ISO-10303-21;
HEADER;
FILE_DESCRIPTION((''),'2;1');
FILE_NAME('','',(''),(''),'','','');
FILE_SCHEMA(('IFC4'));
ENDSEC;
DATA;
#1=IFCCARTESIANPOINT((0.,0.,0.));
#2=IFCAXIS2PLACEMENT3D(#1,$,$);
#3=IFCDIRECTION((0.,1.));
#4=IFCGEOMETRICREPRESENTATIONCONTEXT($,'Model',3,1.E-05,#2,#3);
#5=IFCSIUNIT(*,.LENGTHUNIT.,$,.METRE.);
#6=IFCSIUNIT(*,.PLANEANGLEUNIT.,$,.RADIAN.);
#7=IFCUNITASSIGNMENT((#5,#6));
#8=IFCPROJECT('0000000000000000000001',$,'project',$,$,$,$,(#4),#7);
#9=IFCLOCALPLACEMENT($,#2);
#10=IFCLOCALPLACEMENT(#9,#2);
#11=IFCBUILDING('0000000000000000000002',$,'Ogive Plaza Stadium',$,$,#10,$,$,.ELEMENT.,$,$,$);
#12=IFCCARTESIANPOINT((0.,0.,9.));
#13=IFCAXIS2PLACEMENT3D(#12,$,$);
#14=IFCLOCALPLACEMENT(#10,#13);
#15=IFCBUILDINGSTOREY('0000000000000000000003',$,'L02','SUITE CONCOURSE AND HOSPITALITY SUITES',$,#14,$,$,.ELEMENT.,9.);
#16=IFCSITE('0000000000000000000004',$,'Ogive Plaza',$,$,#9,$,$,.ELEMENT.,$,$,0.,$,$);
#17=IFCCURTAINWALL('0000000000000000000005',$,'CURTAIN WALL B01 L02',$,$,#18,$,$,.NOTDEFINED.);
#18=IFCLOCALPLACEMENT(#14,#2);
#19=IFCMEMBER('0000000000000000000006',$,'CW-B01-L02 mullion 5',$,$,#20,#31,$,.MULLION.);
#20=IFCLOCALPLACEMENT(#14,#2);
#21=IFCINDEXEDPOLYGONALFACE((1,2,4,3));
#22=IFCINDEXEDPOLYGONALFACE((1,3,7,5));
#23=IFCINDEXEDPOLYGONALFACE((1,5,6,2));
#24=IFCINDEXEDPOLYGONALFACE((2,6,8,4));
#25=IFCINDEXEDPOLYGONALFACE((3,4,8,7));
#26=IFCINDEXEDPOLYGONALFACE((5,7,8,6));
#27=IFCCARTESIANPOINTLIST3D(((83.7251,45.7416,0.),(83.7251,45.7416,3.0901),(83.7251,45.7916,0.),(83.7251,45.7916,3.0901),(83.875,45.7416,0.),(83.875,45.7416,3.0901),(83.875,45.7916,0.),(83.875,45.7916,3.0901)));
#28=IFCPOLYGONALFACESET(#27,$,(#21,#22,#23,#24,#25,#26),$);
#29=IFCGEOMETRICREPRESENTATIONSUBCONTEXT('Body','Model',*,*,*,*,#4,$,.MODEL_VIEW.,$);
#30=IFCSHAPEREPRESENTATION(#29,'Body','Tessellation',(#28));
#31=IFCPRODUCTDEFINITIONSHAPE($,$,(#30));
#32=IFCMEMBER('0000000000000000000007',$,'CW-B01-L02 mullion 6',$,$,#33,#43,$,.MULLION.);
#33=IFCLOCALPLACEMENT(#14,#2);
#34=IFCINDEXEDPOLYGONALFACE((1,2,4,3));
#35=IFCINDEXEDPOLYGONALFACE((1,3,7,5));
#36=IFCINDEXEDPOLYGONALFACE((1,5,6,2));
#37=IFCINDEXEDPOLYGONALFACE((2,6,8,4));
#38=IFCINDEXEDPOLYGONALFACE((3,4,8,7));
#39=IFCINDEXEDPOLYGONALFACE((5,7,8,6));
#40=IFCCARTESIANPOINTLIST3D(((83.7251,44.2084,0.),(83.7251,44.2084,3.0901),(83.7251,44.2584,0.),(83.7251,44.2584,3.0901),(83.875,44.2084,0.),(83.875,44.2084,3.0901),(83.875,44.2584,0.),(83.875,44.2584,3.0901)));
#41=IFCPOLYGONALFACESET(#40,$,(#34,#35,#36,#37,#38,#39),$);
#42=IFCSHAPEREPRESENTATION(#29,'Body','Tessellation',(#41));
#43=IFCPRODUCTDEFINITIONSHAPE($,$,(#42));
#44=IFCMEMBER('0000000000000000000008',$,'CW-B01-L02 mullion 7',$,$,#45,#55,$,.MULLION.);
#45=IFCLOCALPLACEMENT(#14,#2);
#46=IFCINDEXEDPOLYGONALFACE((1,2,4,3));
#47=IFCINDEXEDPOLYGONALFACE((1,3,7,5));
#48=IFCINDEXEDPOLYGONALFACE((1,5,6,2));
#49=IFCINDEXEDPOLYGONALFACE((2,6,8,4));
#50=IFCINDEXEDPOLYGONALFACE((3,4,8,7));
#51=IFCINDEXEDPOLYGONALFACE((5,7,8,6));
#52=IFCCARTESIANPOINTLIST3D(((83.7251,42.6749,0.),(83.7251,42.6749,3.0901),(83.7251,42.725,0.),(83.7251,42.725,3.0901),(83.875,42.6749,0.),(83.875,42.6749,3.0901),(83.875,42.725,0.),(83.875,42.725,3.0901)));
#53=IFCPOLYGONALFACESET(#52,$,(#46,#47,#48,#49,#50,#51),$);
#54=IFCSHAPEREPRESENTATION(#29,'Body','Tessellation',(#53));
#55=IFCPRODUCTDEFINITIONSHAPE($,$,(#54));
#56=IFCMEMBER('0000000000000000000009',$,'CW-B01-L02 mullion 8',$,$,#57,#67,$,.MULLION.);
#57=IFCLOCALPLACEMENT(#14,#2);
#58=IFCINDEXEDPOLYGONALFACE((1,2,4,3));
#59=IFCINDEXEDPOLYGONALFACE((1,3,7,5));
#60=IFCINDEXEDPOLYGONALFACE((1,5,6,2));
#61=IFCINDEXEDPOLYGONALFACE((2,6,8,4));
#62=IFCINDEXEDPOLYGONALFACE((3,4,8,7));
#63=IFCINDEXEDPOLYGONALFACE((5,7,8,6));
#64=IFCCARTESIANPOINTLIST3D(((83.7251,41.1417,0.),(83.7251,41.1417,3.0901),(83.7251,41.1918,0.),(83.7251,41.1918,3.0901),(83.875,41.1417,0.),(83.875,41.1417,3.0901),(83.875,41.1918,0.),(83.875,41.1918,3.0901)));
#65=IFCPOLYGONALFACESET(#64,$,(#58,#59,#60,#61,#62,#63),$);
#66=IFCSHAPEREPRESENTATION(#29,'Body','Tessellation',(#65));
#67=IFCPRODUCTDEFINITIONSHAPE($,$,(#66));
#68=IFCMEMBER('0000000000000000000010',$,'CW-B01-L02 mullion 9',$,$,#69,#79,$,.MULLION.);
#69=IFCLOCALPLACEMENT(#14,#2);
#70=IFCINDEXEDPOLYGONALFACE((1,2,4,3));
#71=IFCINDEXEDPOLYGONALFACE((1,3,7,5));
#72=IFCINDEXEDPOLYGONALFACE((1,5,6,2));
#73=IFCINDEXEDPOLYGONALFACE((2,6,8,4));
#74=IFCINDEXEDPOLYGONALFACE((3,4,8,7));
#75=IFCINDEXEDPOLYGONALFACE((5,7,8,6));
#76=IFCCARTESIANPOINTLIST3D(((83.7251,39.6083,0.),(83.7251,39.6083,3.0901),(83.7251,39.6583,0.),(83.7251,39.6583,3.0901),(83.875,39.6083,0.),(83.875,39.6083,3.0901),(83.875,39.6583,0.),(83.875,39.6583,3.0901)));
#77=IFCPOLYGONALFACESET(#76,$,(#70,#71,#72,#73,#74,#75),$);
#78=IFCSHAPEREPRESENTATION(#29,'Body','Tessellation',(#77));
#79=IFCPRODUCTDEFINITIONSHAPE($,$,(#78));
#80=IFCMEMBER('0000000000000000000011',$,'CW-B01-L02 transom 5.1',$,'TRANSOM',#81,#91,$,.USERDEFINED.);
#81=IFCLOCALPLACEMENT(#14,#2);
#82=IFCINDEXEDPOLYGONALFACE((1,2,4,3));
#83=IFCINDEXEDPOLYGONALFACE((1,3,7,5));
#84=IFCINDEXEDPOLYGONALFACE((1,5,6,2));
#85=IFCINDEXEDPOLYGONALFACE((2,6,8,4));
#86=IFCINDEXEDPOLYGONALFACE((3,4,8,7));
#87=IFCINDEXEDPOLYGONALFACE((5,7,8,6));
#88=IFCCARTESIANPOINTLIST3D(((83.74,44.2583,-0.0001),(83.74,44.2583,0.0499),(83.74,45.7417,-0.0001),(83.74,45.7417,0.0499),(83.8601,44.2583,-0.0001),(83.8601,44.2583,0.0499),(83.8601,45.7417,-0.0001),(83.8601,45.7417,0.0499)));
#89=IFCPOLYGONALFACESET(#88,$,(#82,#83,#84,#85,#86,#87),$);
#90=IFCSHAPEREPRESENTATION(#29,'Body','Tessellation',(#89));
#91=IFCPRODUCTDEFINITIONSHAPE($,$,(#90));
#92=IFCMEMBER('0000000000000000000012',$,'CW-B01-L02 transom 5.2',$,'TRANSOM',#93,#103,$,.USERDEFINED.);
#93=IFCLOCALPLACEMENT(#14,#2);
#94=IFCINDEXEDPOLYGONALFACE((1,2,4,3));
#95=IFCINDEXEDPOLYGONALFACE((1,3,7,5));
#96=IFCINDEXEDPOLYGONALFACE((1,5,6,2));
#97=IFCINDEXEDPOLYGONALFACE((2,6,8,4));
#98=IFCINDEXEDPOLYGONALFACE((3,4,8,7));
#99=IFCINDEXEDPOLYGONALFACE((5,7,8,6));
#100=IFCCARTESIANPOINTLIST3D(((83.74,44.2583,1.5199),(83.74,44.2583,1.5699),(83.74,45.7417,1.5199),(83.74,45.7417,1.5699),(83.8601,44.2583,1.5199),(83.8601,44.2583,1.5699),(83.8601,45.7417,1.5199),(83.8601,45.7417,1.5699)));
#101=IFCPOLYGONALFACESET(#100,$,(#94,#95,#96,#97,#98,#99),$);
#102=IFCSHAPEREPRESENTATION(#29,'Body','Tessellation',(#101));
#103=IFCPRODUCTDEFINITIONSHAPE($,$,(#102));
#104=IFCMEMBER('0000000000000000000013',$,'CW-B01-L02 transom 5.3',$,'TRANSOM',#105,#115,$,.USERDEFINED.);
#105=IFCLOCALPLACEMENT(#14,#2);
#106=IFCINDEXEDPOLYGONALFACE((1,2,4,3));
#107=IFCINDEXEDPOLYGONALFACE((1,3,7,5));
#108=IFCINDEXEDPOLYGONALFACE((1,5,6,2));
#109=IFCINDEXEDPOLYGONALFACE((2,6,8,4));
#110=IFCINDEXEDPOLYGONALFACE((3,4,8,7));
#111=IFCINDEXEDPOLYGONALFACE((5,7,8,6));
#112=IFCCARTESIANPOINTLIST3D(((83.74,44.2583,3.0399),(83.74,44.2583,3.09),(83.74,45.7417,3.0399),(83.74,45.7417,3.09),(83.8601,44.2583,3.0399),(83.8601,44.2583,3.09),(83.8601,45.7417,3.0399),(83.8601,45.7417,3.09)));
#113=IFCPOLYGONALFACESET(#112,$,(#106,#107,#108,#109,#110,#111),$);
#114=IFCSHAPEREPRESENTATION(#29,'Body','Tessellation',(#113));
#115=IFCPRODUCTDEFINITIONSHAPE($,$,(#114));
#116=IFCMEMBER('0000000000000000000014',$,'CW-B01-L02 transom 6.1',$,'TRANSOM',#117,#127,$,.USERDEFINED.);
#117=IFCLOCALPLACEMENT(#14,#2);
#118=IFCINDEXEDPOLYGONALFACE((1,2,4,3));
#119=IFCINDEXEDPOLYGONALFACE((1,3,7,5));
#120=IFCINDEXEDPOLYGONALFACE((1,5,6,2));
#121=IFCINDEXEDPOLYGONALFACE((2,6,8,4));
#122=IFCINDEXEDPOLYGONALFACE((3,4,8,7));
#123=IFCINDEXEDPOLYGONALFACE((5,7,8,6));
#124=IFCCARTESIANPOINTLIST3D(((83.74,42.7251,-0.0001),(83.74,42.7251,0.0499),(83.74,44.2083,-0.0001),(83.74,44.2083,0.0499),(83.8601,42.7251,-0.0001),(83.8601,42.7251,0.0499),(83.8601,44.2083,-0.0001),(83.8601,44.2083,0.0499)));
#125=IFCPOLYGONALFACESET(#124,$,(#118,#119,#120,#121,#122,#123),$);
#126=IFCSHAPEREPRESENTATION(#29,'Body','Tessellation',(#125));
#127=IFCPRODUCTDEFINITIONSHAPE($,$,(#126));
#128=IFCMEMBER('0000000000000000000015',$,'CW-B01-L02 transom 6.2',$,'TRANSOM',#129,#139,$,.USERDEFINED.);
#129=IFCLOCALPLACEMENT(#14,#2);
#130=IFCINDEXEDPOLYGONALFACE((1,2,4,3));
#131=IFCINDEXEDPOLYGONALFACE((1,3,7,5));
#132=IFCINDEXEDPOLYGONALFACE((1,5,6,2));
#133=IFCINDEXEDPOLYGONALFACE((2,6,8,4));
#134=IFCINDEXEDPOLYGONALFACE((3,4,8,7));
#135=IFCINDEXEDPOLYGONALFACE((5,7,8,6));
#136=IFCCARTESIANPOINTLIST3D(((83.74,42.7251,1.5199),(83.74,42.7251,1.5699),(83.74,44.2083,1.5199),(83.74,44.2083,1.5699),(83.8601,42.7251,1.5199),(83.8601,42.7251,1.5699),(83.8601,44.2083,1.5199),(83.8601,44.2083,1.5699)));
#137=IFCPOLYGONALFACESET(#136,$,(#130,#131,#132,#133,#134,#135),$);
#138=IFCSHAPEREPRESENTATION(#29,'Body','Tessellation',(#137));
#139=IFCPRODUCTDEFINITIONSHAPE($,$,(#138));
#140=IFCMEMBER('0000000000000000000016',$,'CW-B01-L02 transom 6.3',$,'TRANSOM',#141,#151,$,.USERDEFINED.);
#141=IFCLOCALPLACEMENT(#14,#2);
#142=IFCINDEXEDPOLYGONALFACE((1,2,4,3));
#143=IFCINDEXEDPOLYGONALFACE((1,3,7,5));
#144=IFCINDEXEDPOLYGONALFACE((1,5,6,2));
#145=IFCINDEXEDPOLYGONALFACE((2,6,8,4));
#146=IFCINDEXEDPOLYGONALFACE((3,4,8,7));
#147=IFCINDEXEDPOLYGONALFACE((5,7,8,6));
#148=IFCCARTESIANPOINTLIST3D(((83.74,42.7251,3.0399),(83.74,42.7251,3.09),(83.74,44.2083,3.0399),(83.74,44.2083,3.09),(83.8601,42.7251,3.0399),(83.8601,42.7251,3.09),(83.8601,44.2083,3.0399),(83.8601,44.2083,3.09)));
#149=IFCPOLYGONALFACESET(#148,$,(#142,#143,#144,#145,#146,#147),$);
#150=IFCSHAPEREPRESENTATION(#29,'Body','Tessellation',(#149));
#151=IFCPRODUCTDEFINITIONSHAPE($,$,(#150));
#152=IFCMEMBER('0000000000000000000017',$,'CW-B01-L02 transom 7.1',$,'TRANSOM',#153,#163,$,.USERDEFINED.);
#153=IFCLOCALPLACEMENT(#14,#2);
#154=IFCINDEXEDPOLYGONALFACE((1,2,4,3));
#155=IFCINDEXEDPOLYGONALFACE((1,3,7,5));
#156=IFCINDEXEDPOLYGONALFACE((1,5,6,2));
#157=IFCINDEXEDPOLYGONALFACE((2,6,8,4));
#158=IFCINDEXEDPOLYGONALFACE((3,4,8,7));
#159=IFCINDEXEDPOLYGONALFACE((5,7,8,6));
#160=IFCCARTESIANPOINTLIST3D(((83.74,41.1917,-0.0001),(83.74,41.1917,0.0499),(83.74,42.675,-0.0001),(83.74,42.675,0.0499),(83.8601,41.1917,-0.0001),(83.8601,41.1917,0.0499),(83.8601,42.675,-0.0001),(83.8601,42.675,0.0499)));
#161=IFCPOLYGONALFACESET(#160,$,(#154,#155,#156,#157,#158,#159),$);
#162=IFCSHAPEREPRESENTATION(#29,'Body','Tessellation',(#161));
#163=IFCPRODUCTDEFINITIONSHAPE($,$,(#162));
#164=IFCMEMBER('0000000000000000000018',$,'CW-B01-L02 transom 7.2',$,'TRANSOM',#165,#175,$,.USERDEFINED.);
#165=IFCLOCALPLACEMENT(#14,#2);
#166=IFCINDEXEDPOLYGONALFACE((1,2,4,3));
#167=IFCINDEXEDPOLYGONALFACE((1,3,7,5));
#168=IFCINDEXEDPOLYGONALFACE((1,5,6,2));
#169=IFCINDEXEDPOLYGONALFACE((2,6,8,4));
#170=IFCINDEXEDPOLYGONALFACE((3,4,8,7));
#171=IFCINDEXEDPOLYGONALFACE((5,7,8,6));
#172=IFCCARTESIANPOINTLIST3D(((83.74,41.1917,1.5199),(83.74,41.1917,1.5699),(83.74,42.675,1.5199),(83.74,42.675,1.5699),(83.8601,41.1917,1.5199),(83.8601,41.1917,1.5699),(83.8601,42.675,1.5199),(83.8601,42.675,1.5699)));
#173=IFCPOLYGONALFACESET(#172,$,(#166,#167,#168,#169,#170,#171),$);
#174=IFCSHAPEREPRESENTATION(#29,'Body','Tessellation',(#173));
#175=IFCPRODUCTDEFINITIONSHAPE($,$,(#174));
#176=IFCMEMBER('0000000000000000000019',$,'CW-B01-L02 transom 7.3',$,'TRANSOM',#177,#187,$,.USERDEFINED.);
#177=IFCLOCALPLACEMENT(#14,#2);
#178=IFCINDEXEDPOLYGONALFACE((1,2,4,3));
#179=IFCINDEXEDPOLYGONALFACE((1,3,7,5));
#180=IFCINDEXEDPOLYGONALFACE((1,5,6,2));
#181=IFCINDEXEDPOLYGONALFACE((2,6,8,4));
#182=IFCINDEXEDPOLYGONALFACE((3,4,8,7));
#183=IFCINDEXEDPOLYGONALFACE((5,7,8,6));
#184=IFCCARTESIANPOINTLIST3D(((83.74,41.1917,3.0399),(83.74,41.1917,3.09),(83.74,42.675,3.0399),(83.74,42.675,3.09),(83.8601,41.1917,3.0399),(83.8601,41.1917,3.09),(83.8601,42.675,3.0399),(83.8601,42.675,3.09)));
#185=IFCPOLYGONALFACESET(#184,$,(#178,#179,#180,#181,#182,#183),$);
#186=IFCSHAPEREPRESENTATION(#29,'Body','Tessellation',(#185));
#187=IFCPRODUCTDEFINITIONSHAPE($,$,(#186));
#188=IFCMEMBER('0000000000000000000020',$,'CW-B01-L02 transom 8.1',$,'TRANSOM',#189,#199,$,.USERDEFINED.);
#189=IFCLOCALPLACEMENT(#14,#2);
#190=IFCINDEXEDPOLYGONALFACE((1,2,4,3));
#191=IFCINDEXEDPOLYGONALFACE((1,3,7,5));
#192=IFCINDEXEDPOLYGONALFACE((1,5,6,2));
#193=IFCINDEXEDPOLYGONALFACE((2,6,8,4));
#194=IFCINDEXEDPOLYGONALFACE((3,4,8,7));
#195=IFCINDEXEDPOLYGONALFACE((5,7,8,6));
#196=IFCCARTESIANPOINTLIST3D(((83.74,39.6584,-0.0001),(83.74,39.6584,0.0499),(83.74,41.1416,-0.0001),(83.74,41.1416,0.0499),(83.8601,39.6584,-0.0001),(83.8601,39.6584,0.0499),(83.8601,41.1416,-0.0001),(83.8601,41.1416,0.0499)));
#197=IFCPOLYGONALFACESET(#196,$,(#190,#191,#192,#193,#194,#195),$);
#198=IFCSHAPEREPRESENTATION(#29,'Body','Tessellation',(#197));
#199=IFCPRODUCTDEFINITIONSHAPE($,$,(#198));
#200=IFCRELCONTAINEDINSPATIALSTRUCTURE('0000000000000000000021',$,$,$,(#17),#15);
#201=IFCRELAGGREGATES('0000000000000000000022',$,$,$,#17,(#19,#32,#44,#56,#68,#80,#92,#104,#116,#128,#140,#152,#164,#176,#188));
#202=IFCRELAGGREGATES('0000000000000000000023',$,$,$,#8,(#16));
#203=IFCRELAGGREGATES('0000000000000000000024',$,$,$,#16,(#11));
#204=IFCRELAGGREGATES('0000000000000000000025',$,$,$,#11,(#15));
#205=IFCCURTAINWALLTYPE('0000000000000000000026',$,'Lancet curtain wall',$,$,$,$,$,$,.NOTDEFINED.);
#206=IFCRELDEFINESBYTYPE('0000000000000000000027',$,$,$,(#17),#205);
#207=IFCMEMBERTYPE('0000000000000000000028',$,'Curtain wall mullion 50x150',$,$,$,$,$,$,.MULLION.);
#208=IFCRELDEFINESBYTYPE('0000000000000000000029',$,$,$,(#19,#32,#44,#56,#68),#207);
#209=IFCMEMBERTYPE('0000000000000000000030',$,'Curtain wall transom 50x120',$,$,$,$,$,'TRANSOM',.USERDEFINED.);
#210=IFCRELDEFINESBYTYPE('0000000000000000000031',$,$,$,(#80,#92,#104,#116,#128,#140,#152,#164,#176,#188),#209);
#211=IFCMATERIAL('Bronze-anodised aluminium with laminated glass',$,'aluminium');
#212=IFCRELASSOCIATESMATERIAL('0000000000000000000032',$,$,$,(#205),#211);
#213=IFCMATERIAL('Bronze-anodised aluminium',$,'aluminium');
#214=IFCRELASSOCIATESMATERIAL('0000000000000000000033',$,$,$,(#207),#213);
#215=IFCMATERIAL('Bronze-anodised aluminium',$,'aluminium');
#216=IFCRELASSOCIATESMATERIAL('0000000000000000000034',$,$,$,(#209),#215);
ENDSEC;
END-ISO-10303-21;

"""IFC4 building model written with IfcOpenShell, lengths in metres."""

from ifc_helpers import new_model, si_unit, direction, frame, origin, origin_2d, place, context, subcontext, project, spatial, rectangle, extrude, material, material_profile, profile_set, type_object, element, aggregate, save


model = new_model("IFC4")

# Units and contexts
model_context = context("Model", 3, precision=1e-05, world=origin(), true_north=direction((0.0, 1.0)))
body_context = subcontext(model_context, "Body", "Model", "MODEL_VIEW")
ifc_project = project(units=[si_unit("LENGTHUNIT", "METRE"), si_unit("PLANEANGLEUNIT", "RADIAN")], contexts=[model_context])

# Site, building, storey
site_placement = place(None, origin())
site = spatial("IfcSite", under=ifc_project, at=site_placement, Name="Ogive Plaza", CompositionType="ELEMENT", RefElevation=0.0)
building_placement = place(site_placement, origin())
building = spatial("IfcBuilding", under=site, at=building_placement, Name="Ogive Plaza Stadium", CompositionType="ELEMENT")
storey_placement = place(building_placement, frame((0.0, 0.0, 9.0)))
storey = spatial("IfcBuildingStorey", under=building, at=storey_placement, Name="L02", Description="SUITE CONCOURSE AND HOSPITALITY SUITES", CompositionType="ELEMENT", Elevation=9.0)

# Curtain wall, members
ifc_material_1 = material(Name="Bronze-anodised aluminium with laminated glass", Category="aluminium")
curtain_wall_type = type_object("IfcCurtainWallType", Name="Lancet curtain wall", PredefinedType="NOTDEFINED", material=ifc_material_1)
curtain_wall_placement = place(storey_placement, origin())
curtain_wall = element("IfcCurtainWall", 1, at=curtain_wall_placement, inside=storey, type_object=curtain_wall_type, Name="CURTAIN WALL B01 L02", PredefinedType="NOTDEFINED")
ifc_material_2 = material(Name="Bronze-anodised aluminium", Category="aluminium")
ifc_material_profile_1 = material_profile(ifc_material_2, rectangle(XDim=0.1499, YDim=0.05, at=origin_2d()), Name="AL 150x50")
ifc_profile_set_1 = profile_set([ifc_material_profile_1], Name="Bronze-anodised aluminium")
member_type_1 = type_object("IfcMemberType", Name="Curtain wall mullion 50x150", PredefinedType="MULLION", material=ifc_profile_set_1)
member_1_placement = place(storey_placement, frame((83.8, 45.7666, 0.0), z_axis=(0.0, 0.0, 1.0), x_axis=(1.0, 0.0, 0.0)))
member_1 = element("IfcMember", 2, at=member_1_placement, type_object=member_type_1, Name="CW-B01-L02 mullion 5", PredefinedType="MULLION", context=body_context, shape_type="SweptSolid", body=[
    extrude(rectangle(XDim=0.1499, YDim=0.05, at=origin_2d()), origin(), (0.0, 0.0, 1.0), 3.0901),
])
member_2_placement = place(storey_placement, frame((83.8, 44.2334, 0.0), z_axis=(0.0, 0.0, 1.0), x_axis=(1.0, 0.0, 0.0)))
member_2 = element("IfcMember", 3, at=member_2_placement, type_object=member_type_1, Name="CW-B01-L02 mullion 6", PredefinedType="MULLION", context=body_context, shape_type="SweptSolid", body=[
    extrude(rectangle(XDim=0.1499, YDim=0.05, at=origin_2d()), origin(), (0.0, 0.0, 1.0), 3.0901),
])
member_3_placement = place(storey_placement, frame((83.8, 42.7, 0.0), z_axis=(0.0, 0.0, 1.0), x_axis=(1.0, 0.0, 0.0)))
member_3 = element("IfcMember", 4, at=member_3_placement, type_object=member_type_1, Name="CW-B01-L02 mullion 7", PredefinedType="MULLION", context=body_context, shape_type="SweptSolid", body=[
    extrude(rectangle(XDim=0.1499, YDim=0.05, at=origin_2d()), origin(), (0.0, 0.0, 1.0), 3.0901),
])
member_4_placement = place(storey_placement, frame((83.8, 41.1667, 0.0), z_axis=(0.0, 0.0, 1.0), x_axis=(1.0, 0.0, 0.0)))
member_4 = element("IfcMember", 5, at=member_4_placement, type_object=member_type_1, Name="CW-B01-L02 mullion 8", PredefinedType="MULLION", context=body_context, shape_type="SweptSolid", body=[
    extrude(rectangle(XDim=0.1499, YDim=0.05, at=origin_2d()), origin(), (0.0, 0.0, 1.0), 3.0901),
])
member_5_placement = place(storey_placement, frame((83.8, 39.6333, 0.0), z_axis=(0.0, 0.0, 1.0), x_axis=(1.0, 0.0, 0.0)))
member_5 = element("IfcMember", 6, at=member_5_placement, type_object=member_type_1, Name="CW-B01-L02 mullion 9", PredefinedType="MULLION", context=body_context, shape_type="SweptSolid", body=[
    extrude(rectangle(XDim=0.1499, YDim=0.05, at=origin_2d()), origin(), (0.0, 0.0, 1.0), 3.0901),
])
ifc_material_3 = material(Name="Bronze-anodised aluminium", Category="aluminium")
ifc_material_profile_2 = material_profile(ifc_material_3, rectangle(XDim=0.1201, YDim=0.05, at=origin_2d()), Name="AL 120x50")
ifc_profile_set_2 = profile_set([ifc_material_profile_2], Name="Bronze-anodised aluminium")
member_type_2 = type_object("IfcMemberType", Name="Curtain wall transom 50x120", ElementType="TRANSOM", PredefinedType="USERDEFINED", material=ifc_profile_set_2)
member_6_placement = place(storey_placement, frame((83.8, 45.7417, 0.0249), z_axis=(0.0, -1.0, 0.0), x_axis=(1.0, 0.0, 0.0)))
member_6 = element("IfcMember", 7, at=member_6_placement, type_object=member_type_2, Name="CW-B01-L02 transom 5.1", ObjectType="TRANSOM", PredefinedType="USERDEFINED", context=body_context, shape_type="SweptSolid", body=[
    extrude(rectangle(XDim=0.1201, YDim=0.05, at=origin_2d()), origin(), (0.0, 0.0, 1.0), 1.4834),
])
member_7_placement = place(storey_placement, frame((83.8, 45.7417, 1.5449), z_axis=(0.0, -1.0, 0.0), x_axis=(1.0, 0.0, 0.0)))
member_7 = element("IfcMember", 8, at=member_7_placement, type_object=member_type_2, Name="CW-B01-L02 transom 5.2", ObjectType="TRANSOM", PredefinedType="USERDEFINED", context=body_context, shape_type="SweptSolid", body=[
    extrude(rectangle(XDim=0.1201, YDim=0.05, at=origin_2d()), origin(), (0.0, 0.0, 1.0), 1.4834),
])
member_8_placement = place(storey_placement, frame((83.8, 45.7417, 3.0649), z_axis=(0.0, -1.0, 0.0), x_axis=(1.0, 0.0, 0.0)))
member_8 = element("IfcMember", 9, at=member_8_placement, type_object=member_type_2, Name="CW-B01-L02 transom 5.3", ObjectType="TRANSOM", PredefinedType="USERDEFINED", context=body_context, shape_type="SweptSolid", body=[
    extrude(rectangle(XDim=0.1201, YDim=0.05, at=origin_2d()), origin(), (0.0, 0.0, 1.0), 1.4834),
])
member_9_placement = place(storey_placement, frame((83.8, 44.2083, 0.0249), z_axis=(0.0, -1.0, 0.0), x_axis=(1.0, 0.0, 0.0)))
member_9 = element("IfcMember", 10, at=member_9_placement, type_object=member_type_2, Name="CW-B01-L02 transom 6.1", ObjectType="TRANSOM", PredefinedType="USERDEFINED", context=body_context, shape_type="SweptSolid", body=[
    extrude(rectangle(XDim=0.1201, YDim=0.05, at=origin_2d()), origin(), (0.0, 0.0, 1.0), 1.4832),
])
member_10_placement = place(storey_placement, frame((83.8, 44.2083, 1.5449), z_axis=(0.0, -1.0, 0.0), x_axis=(1.0, 0.0, 0.0)))
member_10 = element("IfcMember", 11, at=member_10_placement, type_object=member_type_2, Name="CW-B01-L02 transom 6.2", ObjectType="TRANSOM", PredefinedType="USERDEFINED", context=body_context, shape_type="SweptSolid", body=[
    extrude(rectangle(XDim=0.1201, YDim=0.05, at=origin_2d()), origin(), (0.0, 0.0, 1.0), 1.4832),
])
member_11_placement = place(storey_placement, frame((83.8, 44.2083, 3.0649), z_axis=(0.0, -1.0, 0.0), x_axis=(1.0, 0.0, 0.0)))
member_11 = element("IfcMember", 12, at=member_11_placement, type_object=member_type_2, Name="CW-B01-L02 transom 6.3", ObjectType="TRANSOM", PredefinedType="USERDEFINED", context=body_context, shape_type="SweptSolid", body=[
    extrude(rectangle(XDim=0.1201, YDim=0.05, at=origin_2d()), origin(), (0.0, 0.0, 1.0), 1.4832),
])
member_12_placement = place(storey_placement, frame((83.8, 42.675, 0.0249), z_axis=(0.0, -1.0, 0.0), x_axis=(1.0, 0.0, 0.0)))
member_12 = element("IfcMember", 13, at=member_12_placement, type_object=member_type_2, Name="CW-B01-L02 transom 7.1", ObjectType="TRANSOM", PredefinedType="USERDEFINED", context=body_context, shape_type="SweptSolid", body=[
    extrude(rectangle(XDim=0.1201, YDim=0.05, at=origin_2d()), origin(), (0.0, 0.0, 1.0), 1.4834),
])
member_13_placement = place(storey_placement, frame((83.8, 42.675, 1.5449), z_axis=(0.0, -1.0, 0.0), x_axis=(1.0, 0.0, 0.0)))
member_13 = element("IfcMember", 14, at=member_13_placement, type_object=member_type_2, Name="CW-B01-L02 transom 7.2", ObjectType="TRANSOM", PredefinedType="USERDEFINED", context=body_context, shape_type="SweptSolid", body=[
    extrude(rectangle(XDim=0.1201, YDim=0.05, at=origin_2d()), origin(), (0.0, 0.0, 1.0), 1.4834),
])
member_14_placement = place(storey_placement, frame((83.8, 42.675, 3.0649), z_axis=(0.0, -1.0, 0.0), x_axis=(1.0, 0.0, 0.0)))
member_14 = element("IfcMember", 15, at=member_14_placement, type_object=member_type_2, Name="CW-B01-L02 transom 7.3", ObjectType="TRANSOM", PredefinedType="USERDEFINED", context=body_context, shape_type="SweptSolid", body=[
    extrude(rectangle(XDim=0.1201, YDim=0.05, at=origin_2d()), origin(), (0.0, 0.0, 1.0), 1.4834),
])
member_15_placement = place(storey_placement, frame((83.8, 41.1416, 0.0249), z_axis=(0.0, -1.0, 0.0), x_axis=(1.0, 0.0, 0.0)))
member_15 = element("IfcMember", 16, at=member_15_placement, type_object=member_type_2, Name="CW-B01-L02 transom 8.1", ObjectType="TRANSOM", PredefinedType="USERDEFINED", context=body_context, shape_type="SweptSolid", body=[
    extrude(rectangle(XDim=0.1201, YDim=0.05, at=origin_2d()), origin(), (0.0, 0.0, 1.0), 1.4832),
])
aggregate(curtain_wall, [member_1, member_2, member_3, member_4, member_5, member_6, member_7, member_8, member_9, member_10, member_11, member_12, member_13, member_14, member_15])

save(model, "model.ifc")
